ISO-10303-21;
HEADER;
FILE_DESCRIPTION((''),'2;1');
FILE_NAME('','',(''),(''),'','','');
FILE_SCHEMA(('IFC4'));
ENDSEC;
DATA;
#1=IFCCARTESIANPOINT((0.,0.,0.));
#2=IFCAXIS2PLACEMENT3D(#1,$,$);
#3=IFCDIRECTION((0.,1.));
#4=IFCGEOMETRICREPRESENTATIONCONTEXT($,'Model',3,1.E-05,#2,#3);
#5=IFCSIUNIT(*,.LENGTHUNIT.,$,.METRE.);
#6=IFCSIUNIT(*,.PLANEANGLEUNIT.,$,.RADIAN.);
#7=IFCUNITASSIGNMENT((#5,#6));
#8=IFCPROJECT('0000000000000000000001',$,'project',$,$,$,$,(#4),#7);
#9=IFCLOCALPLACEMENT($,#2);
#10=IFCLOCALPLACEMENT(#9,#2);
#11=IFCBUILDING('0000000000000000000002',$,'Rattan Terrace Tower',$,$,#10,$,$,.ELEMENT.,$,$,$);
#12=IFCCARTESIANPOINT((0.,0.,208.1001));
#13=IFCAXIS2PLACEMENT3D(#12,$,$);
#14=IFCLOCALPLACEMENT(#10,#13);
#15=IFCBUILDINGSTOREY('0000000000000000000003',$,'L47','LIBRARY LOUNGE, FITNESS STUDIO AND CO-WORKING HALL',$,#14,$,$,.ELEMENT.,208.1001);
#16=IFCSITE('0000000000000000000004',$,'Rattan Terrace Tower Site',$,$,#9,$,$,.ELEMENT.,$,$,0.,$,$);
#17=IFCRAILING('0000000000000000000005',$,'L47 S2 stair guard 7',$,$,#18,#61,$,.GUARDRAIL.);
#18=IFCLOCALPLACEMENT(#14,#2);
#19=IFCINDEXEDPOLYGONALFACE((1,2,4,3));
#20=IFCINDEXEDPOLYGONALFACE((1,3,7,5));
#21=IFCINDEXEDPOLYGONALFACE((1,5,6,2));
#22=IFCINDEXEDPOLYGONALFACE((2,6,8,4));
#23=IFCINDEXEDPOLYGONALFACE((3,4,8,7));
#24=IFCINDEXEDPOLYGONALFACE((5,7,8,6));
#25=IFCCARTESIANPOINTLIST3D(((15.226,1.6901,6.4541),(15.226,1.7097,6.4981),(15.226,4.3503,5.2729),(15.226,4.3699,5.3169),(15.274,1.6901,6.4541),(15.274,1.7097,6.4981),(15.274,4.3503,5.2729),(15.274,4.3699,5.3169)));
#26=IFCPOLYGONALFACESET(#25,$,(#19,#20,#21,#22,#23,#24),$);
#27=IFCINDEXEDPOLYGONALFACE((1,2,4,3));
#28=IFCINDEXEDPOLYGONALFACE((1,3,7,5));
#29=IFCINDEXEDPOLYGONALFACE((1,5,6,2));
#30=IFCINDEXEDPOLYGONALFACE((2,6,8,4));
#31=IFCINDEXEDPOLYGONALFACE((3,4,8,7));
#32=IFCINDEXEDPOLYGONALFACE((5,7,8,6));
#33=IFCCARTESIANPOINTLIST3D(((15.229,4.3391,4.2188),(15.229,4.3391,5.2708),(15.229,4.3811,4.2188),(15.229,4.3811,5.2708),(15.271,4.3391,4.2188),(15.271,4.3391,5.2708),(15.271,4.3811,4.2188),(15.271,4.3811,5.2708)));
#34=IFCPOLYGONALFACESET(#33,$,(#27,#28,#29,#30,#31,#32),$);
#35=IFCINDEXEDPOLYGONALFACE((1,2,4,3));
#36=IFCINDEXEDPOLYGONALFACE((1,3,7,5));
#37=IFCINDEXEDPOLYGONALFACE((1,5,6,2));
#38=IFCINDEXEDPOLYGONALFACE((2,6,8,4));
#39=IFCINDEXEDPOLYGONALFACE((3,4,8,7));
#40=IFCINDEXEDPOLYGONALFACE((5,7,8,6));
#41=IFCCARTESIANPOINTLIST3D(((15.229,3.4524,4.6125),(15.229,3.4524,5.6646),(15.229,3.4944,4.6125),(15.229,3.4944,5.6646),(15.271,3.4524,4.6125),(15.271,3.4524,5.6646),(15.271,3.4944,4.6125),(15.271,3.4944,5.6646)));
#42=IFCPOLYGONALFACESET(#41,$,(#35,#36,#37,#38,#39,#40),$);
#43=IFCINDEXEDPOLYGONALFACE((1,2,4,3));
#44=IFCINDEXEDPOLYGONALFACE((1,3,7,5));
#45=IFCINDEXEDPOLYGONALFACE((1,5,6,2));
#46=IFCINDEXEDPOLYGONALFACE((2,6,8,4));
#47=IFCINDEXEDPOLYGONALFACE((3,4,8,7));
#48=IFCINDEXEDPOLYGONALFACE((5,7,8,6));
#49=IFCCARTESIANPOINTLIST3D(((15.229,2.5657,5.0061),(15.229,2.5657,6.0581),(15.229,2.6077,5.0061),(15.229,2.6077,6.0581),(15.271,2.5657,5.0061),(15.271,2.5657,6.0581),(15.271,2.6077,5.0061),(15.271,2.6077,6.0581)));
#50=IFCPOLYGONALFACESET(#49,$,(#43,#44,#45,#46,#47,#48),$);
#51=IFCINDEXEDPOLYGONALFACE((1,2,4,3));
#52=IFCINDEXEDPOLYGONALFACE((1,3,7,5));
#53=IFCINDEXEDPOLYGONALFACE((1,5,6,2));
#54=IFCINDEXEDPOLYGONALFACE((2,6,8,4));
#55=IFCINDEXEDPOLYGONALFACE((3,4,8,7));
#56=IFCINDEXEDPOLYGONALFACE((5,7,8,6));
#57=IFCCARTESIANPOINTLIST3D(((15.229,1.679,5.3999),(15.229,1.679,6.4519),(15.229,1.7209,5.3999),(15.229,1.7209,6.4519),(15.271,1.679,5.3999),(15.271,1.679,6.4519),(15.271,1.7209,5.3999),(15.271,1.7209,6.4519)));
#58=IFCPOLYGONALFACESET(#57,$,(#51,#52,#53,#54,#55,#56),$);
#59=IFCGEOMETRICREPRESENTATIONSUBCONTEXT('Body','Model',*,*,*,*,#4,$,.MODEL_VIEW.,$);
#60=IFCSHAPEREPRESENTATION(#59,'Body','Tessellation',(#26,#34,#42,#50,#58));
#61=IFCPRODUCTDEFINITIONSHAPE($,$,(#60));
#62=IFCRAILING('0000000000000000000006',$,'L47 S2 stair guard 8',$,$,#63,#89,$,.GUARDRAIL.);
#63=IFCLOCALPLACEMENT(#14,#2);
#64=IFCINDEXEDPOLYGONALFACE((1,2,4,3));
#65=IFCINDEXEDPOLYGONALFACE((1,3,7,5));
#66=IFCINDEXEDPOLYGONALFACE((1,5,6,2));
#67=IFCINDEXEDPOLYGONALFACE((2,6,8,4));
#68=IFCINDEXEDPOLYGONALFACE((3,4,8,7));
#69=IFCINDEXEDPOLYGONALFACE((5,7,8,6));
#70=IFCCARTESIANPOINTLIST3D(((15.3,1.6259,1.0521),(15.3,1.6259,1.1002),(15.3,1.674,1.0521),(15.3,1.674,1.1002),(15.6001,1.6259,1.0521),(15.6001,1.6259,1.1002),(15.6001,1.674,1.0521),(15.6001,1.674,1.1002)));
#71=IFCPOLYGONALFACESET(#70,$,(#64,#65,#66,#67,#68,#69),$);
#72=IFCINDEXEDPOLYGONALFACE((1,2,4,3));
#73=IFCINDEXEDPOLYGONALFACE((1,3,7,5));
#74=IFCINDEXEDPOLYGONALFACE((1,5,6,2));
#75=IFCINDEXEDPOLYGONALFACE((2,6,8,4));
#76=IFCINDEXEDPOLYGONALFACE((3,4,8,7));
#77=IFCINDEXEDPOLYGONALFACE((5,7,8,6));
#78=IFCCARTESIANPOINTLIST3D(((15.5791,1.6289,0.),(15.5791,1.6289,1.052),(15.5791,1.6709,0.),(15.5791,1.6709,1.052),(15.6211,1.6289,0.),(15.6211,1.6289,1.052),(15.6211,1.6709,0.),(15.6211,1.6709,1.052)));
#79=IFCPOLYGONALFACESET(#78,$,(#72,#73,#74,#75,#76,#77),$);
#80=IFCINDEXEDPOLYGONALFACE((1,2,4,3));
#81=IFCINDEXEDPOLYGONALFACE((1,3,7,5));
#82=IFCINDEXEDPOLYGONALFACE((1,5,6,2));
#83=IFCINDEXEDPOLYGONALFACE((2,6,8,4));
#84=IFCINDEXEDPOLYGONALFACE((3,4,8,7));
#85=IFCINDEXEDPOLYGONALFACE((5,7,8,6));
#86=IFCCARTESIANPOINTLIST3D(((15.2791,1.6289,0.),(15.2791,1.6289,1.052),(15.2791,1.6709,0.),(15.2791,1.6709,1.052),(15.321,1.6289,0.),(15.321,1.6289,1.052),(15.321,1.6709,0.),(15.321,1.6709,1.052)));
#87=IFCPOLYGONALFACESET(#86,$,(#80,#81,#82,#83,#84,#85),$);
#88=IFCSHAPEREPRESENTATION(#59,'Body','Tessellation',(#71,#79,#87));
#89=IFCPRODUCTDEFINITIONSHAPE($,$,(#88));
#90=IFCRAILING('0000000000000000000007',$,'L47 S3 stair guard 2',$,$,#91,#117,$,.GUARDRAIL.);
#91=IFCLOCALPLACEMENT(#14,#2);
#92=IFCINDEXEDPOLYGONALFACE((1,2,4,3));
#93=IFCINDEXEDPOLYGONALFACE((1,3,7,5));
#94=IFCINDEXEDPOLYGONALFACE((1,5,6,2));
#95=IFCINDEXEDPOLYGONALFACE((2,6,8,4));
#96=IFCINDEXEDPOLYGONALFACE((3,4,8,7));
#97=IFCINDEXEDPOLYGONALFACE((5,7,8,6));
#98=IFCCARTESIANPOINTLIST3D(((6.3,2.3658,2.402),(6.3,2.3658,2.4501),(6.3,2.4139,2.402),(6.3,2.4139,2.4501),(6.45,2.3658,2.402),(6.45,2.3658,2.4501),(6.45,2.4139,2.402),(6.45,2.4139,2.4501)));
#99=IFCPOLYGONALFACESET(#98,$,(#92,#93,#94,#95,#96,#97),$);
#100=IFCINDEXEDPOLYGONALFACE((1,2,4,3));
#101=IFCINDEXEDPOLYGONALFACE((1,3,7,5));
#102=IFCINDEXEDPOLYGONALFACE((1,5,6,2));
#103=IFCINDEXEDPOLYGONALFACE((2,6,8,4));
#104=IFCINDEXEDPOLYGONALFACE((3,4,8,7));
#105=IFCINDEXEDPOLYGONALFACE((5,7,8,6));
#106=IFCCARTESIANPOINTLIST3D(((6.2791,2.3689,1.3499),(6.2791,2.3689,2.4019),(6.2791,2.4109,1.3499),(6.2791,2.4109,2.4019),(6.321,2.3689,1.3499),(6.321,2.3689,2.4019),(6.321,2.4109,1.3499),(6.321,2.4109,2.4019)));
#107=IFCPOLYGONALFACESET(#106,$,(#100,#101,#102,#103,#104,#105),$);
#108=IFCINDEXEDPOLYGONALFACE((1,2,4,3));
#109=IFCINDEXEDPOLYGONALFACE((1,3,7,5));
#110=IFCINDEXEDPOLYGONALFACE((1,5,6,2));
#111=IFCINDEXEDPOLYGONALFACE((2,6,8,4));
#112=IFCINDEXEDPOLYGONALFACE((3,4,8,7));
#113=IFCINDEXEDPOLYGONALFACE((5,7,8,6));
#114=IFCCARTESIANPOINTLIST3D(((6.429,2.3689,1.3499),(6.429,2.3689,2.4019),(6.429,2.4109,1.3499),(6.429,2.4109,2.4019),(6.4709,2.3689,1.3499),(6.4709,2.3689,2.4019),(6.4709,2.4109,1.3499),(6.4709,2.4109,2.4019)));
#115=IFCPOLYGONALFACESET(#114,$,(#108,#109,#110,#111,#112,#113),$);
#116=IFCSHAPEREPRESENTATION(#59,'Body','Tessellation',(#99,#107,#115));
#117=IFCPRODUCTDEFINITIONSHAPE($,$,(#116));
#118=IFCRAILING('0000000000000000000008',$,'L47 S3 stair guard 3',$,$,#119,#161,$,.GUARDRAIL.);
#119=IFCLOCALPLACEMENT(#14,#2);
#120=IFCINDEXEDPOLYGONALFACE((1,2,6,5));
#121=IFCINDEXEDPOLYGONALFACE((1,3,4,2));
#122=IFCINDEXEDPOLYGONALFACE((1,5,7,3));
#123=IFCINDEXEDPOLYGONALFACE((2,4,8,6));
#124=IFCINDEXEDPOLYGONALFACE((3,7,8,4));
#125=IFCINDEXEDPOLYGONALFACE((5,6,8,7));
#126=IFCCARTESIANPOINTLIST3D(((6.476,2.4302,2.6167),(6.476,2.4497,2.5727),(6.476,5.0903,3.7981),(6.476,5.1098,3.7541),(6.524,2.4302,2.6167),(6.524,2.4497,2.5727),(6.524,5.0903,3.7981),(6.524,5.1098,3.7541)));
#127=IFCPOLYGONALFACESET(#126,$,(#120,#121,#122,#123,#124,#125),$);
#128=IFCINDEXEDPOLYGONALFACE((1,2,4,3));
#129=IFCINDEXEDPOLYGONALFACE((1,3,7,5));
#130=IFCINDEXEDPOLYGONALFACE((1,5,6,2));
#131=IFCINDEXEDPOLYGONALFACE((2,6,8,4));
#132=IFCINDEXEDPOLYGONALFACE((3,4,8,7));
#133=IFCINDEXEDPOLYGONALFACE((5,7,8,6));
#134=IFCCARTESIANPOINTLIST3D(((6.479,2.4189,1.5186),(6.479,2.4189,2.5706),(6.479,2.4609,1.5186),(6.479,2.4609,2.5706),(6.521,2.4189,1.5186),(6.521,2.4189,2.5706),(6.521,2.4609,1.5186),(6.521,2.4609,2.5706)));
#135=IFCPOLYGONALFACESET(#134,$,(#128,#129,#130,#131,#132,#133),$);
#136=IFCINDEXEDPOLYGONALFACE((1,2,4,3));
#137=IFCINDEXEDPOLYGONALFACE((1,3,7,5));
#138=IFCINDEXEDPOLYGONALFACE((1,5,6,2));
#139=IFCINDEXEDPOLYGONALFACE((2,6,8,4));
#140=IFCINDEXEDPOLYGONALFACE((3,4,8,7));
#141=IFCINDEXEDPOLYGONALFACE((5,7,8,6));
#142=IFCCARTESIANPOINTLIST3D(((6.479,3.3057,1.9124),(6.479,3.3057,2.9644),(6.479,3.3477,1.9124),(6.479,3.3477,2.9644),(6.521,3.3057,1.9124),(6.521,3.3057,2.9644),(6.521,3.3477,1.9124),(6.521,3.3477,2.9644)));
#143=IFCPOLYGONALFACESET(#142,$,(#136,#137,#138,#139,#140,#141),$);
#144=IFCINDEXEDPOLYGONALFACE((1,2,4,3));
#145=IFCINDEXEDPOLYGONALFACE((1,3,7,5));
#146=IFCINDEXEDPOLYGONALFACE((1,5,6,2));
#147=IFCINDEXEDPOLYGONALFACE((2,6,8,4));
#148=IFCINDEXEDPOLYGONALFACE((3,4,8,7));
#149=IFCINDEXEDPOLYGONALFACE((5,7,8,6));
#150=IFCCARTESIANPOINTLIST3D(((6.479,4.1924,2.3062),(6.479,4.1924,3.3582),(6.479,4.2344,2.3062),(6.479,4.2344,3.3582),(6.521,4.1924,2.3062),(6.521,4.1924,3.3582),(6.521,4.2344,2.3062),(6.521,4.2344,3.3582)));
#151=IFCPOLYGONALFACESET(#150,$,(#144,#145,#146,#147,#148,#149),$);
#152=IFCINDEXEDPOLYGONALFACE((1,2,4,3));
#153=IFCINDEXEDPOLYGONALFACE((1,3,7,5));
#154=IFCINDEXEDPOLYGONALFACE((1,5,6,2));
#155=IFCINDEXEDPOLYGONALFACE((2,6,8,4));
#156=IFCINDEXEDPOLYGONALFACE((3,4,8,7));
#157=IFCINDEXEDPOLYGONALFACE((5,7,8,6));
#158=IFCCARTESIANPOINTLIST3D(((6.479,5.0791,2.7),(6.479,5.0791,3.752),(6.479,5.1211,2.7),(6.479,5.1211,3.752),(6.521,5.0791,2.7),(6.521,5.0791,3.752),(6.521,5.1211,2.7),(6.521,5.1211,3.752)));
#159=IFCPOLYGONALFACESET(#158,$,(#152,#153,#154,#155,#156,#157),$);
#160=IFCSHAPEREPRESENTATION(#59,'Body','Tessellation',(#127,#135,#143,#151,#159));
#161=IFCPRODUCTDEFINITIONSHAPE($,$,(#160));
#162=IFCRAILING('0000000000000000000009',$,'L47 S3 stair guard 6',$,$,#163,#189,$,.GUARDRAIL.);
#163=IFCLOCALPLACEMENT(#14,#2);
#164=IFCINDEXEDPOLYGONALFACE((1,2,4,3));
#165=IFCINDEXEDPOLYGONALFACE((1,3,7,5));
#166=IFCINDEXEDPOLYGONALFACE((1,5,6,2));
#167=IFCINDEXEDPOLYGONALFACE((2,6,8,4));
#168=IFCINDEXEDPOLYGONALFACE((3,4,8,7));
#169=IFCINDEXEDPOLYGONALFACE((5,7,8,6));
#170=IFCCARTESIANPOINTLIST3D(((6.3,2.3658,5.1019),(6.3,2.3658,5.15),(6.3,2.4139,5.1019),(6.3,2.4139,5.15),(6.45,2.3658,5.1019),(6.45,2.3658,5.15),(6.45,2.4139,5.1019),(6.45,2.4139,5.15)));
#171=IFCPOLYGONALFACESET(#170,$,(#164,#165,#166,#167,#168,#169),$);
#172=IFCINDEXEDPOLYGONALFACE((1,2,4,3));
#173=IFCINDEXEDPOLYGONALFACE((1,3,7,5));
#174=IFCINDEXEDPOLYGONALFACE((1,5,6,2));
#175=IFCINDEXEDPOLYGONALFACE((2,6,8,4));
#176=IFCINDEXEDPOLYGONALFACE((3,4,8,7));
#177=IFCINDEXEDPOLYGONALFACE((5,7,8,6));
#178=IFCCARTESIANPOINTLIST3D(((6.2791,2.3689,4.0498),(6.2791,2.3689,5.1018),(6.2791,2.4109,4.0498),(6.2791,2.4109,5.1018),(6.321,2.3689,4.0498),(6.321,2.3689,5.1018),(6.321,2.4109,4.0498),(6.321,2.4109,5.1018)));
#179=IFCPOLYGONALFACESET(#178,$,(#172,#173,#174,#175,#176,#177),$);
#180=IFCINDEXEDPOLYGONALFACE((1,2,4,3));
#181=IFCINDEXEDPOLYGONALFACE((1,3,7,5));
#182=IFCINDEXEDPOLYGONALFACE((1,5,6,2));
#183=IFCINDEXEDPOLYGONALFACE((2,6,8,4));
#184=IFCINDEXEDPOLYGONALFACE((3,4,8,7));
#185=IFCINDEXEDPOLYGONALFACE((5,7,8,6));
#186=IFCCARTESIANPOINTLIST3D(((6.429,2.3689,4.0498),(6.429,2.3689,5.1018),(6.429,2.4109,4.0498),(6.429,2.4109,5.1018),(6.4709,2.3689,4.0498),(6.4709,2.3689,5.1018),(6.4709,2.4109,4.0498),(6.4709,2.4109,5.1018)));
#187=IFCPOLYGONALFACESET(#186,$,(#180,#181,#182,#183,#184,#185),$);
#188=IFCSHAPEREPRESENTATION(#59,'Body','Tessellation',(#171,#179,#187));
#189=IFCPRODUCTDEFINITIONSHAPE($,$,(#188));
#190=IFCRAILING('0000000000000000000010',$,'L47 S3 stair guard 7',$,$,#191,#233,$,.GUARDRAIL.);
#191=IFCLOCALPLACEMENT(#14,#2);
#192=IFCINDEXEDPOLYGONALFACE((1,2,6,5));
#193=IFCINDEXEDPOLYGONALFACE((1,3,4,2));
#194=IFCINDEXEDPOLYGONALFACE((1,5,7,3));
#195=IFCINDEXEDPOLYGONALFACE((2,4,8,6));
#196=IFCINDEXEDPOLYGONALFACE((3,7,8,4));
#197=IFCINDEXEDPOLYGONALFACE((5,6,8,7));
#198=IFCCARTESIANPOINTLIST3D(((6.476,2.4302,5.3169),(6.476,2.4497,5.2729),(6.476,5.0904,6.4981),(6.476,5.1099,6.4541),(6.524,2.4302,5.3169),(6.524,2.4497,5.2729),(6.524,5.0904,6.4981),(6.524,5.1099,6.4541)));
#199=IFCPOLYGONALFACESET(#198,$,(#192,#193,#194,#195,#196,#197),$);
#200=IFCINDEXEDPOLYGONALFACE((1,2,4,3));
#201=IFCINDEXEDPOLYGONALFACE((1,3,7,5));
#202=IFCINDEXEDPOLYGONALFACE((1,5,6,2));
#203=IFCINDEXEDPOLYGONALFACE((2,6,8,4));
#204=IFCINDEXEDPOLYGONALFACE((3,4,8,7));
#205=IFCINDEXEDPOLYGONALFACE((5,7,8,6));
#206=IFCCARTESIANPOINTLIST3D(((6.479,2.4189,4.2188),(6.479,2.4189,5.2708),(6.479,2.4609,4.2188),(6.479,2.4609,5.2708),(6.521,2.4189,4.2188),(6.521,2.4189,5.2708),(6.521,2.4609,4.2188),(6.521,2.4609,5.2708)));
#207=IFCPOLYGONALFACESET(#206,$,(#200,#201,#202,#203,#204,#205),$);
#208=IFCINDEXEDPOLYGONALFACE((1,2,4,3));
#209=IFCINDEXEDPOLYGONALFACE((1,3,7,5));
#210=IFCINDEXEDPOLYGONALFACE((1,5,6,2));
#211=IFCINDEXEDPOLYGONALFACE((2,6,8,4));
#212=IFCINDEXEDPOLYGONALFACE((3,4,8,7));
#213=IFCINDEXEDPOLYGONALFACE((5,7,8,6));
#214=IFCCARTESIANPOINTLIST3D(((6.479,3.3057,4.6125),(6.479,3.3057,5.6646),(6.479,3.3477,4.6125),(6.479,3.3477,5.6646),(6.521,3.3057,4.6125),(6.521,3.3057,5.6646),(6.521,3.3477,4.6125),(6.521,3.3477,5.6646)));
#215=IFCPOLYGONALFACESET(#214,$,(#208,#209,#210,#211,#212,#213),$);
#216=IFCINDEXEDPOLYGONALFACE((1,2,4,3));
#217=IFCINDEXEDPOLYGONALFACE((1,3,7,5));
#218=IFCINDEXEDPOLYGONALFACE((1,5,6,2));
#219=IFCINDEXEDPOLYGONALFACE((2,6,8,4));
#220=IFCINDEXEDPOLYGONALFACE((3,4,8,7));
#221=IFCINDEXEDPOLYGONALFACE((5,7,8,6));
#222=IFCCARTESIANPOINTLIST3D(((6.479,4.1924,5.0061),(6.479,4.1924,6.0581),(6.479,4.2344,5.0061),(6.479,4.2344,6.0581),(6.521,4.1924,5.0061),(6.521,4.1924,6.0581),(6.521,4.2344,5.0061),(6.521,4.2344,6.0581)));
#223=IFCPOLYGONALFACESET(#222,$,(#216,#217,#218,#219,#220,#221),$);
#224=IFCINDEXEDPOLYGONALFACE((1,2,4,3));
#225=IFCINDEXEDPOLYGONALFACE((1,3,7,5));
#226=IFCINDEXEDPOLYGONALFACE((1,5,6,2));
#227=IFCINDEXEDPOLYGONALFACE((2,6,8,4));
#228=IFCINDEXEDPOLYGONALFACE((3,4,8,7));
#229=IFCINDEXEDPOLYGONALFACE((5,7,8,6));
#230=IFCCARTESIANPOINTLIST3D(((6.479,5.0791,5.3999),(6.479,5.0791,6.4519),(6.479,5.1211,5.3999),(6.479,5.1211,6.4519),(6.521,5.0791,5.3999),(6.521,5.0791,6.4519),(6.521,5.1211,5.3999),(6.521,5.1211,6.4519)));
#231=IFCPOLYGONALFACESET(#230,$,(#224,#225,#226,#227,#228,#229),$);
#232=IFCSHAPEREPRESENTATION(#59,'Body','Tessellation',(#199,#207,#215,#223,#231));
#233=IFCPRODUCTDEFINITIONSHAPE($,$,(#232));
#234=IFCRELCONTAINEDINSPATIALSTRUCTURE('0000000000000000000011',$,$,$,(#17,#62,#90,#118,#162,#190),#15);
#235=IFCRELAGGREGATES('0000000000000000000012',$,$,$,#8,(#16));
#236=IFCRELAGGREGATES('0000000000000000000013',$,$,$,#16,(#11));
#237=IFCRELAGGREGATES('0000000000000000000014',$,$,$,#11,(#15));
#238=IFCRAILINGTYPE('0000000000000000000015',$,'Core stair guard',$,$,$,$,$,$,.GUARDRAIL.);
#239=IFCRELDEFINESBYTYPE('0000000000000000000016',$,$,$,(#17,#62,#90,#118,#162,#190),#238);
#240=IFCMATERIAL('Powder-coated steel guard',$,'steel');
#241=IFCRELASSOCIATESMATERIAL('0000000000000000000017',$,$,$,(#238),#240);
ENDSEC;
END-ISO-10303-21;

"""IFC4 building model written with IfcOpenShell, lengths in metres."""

from ifc_helpers import new_model, si_unit, direction, frame, origin, origin_2d, place, context, subcontext, project, spatial, rectangle, extrude, material, type_object, element, save


model = new_model("IFC4")

# Units and contexts
model_context = context("Model", 3, precision=1e-05, world=origin(), true_north=direction((0.0, 1.0)))
body_context = subcontext(model_context, "Body", "Model", "MODEL_VIEW")
ifc_project = project(units=[si_unit("LENGTHUNIT", "METRE"), si_unit("PLANEANGLEUNIT", "RADIAN")], contexts=[model_context])

# Site, building, storey
site_placement = place(None, origin())
site = spatial("IfcSite", under=ifc_project, at=site_placement, Name="Rattan Terrace Tower Site", CompositionType="ELEMENT", RefElevation=0.0)
building_placement = place(site_placement, origin())
building = spatial("IfcBuilding", under=site, at=building_placement, Name="Rattan Terrace Tower", CompositionType="ELEMENT")
storey_placement = place(building_placement, frame((0.0, 0.0, 208.1001)))
storey = spatial("IfcBuildingStorey", under=building, at=storey_placement, Name="L47", Description="LIBRARY LOUNGE, FITNESS STUDIO AND CO-WORKING HALL", CompositionType="ELEMENT", Elevation=208.1001)

# Railings
ifc_material_1 = material(Name="Powder-coated steel guard", Category="steel")
railing_type_1 = type_object("IfcRailingType", Name="Core stair guard", PredefinedType="GUARDRAIL", material=ifc_material_1)
railing_1_placement = place(storey_placement, frame((15.25, 4.3601, 4.2188)))
element("IfcRailing", 1, at=railing_1_placement, inside=storey, type_object=railing_type_1, Name="L47 S2 stair guard 7", PredefinedType="GUARDRAIL", context=body_context, shape_type="SweptSolid", body=[
    extrude(rectangle(XDim=0.0481, YDim=0.0481, at=origin_2d()), frame((0.0, 0.0, 1.0762), z_axis=(0.0, -0.913957, 0.405812), x_axis=(1.0, 0.0, 0.0)), (0.0, 0.0, 1.0), 2.9106),
    extrude(rectangle(XDim=0.042, YDim=0.042, at=origin_2d()), origin(), (0.0, 0.0, 1.0), 1.052),
    extrude(rectangle(XDim=0.042, YDim=0.042, at=origin_2d()), frame((0.0, -0.8867, 0.3938)), (0.0, 0.0, 1.0), 1.052),
    extrude(rectangle(XDim=0.042, YDim=0.042, at=origin_2d()), frame((0.0, -1.7734, 0.7874)), (0.0, 0.0, 1.0), 1.052),
    extrude(rectangle(XDim=0.042, YDim=0.042, at=origin_2d()), frame((0.0, -2.6602, 1.1812)), (0.0, 0.0, 1.0), 1.052),
])
railing_2_placement = place(storey_placement, frame((15.6001, 1.6499, 0.0)))
element("IfcRailing", 2, at=railing_2_placement, inside=storey, type_object=railing_type_1, Name="L47 S2 stair guard 8", PredefinedType="GUARDRAIL", context=body_context, shape_type="SweptSolid", body=[
    extrude(rectangle(XDim=0.0481, YDim=0.0481, at=origin_2d()), frame((0.0, 0.0, 1.0762), z_axis=(-1.0, 0.0, 0.0), x_axis=(0.0, -1.0, 0.0)), (0.0, 0.0, 1.0), 0.3),
    extrude(rectangle(XDim=0.042, YDim=0.042, at=origin_2d()), origin(), (0.0, 0.0, 1.0), 1.052),
    extrude(rectangle(XDim=0.042, YDim=0.042, at=origin_2d()), frame((-0.3, 0.0, 0.0)), (0.0, 0.0, 1.0), 1.052),
])
railing_3_placement = place(storey_placement, frame((6.3, 2.3899, 1.3499)))
element("IfcRailing", 3, at=railing_3_placement, inside=storey, type_object=railing_type_1, Name="L47 S3 stair guard 2", PredefinedType="GUARDRAIL", context=body_context, shape_type="SweptSolid", body=[
    extrude(rectangle(XDim=0.0481, YDim=0.0481, at=origin_2d()), frame((0.0, 0.0, 1.0762), z_axis=(1.0, 0.0, 0.0), x_axis=(0.0, 1.0, 0.0)), (0.0, 0.0, 1.0), 0.1499),
    extrude(rectangle(XDim=0.042, YDim=0.042, at=origin_2d()), origin(), (0.0, 0.0, 1.0), 1.052),
    extrude(rectangle(XDim=0.042, YDim=0.042, at=origin_2d()), frame((0.1499, 0.0, 0.0)), (0.0, 0.0, 1.0), 1.052),
])
railing_4_placement = place(storey_placement, frame((6.5, 2.4399, 1.5186)))
element("IfcRailing", 4, at=railing_4_placement, inside=storey, type_object=railing_type_1, Name="L47 S3 stair guard 3", PredefinedType="GUARDRAIL", context=body_context, shape_type="SweptSolid", body=[
    extrude(rectangle(XDim=0.0481, YDim=0.0481, at=origin_2d()), frame((0.0, 0.0, 1.0762), z_axis=(0.0, 0.913926, 0.405882), x_axis=(-1.0, 0.0, 0.0)), (0.0, 0.0, 1.0), 2.9106),
    extrude(rectangle(XDim=0.042, YDim=0.042, at=origin_2d()), origin(), (0.0, 0.0, 1.0), 1.052),
    extrude(rectangle(XDim=0.042, YDim=0.042, at=origin_2d()), frame((0.0, 0.8867, 0.3938)), (0.0, 0.0, 1.0), 1.052),
    extrude(rectangle(XDim=0.042, YDim=0.042, at=origin_2d()), frame((0.0, 1.7734, 0.7876)), (0.0, 0.0, 1.0), 1.052),
    extrude(rectangle(XDim=0.042, YDim=0.042, at=origin_2d()), frame((0.0, 2.6602, 1.1814)), (0.0, 0.0, 1.0), 1.052),
])
railing_5_placement = place(storey_placement, frame((6.3, 2.3899, 4.0498)))
element("IfcRailing", 5, at=railing_5_placement, inside=storey, type_object=railing_type_1, Name="L47 S3 stair guard 6", PredefinedType="GUARDRAIL", context=body_context, shape_type="SweptSolid", body=[
    extrude(rectangle(XDim=0.0481, YDim=0.0481, at=origin_2d()), frame((0.0, 0.0, 1.0762), z_axis=(1.0, 0.0, 0.0), x_axis=(0.0, 1.0, 0.0)), (0.0, 0.0, 1.0), 0.1499),
    extrude(rectangle(XDim=0.042, YDim=0.042, at=origin_2d()), origin(), (0.0, 0.0, 1.0), 1.052),
    extrude(rectangle(XDim=0.042, YDim=0.042, at=origin_2d()), frame((0.1499, 0.0, 0.0)), (0.0, 0.0, 1.0), 1.052),
])
railing_6_placement = place(storey_placement, frame((6.5, 2.4399, 4.2188)))
element("IfcRailing", 6, at=railing_6_placement, inside=storey, type_object=railing_type_1, Name="L47 S3 stair guard 7", PredefinedType="GUARDRAIL", context=body_context, shape_type="SweptSolid", body=[
    extrude(rectangle(XDim=0.0481, YDim=0.0481, at=origin_2d()), frame((0.0, 0.0, 1.0762), z_axis=(0.0, 0.913957, 0.405812), x_axis=(-1.0, 0.0, 0.0)), (0.0, 0.0, 1.0), 2.9106),
    extrude(rectangle(XDim=0.042, YDim=0.042, at=origin_2d()), origin(), (0.0, 0.0, 1.0), 1.052),
    extrude(rectangle(XDim=0.042, YDim=0.042, at=origin_2d()), frame((0.0, 0.8867, 0.3938)), (0.0, 0.0, 1.0), 1.052),
    extrude(rectangle(XDim=0.042, YDim=0.042, at=origin_2d()), frame((0.0, 1.7734, 0.7874)), (0.0, 0.0, 1.0), 1.052),
    extrude(rectangle(XDim=0.042, YDim=0.042, at=origin_2d()), frame((0.0, 2.6602, 1.1812)), (0.0, 0.0, 1.0), 1.052),
])

save(model, "model.ifc")
